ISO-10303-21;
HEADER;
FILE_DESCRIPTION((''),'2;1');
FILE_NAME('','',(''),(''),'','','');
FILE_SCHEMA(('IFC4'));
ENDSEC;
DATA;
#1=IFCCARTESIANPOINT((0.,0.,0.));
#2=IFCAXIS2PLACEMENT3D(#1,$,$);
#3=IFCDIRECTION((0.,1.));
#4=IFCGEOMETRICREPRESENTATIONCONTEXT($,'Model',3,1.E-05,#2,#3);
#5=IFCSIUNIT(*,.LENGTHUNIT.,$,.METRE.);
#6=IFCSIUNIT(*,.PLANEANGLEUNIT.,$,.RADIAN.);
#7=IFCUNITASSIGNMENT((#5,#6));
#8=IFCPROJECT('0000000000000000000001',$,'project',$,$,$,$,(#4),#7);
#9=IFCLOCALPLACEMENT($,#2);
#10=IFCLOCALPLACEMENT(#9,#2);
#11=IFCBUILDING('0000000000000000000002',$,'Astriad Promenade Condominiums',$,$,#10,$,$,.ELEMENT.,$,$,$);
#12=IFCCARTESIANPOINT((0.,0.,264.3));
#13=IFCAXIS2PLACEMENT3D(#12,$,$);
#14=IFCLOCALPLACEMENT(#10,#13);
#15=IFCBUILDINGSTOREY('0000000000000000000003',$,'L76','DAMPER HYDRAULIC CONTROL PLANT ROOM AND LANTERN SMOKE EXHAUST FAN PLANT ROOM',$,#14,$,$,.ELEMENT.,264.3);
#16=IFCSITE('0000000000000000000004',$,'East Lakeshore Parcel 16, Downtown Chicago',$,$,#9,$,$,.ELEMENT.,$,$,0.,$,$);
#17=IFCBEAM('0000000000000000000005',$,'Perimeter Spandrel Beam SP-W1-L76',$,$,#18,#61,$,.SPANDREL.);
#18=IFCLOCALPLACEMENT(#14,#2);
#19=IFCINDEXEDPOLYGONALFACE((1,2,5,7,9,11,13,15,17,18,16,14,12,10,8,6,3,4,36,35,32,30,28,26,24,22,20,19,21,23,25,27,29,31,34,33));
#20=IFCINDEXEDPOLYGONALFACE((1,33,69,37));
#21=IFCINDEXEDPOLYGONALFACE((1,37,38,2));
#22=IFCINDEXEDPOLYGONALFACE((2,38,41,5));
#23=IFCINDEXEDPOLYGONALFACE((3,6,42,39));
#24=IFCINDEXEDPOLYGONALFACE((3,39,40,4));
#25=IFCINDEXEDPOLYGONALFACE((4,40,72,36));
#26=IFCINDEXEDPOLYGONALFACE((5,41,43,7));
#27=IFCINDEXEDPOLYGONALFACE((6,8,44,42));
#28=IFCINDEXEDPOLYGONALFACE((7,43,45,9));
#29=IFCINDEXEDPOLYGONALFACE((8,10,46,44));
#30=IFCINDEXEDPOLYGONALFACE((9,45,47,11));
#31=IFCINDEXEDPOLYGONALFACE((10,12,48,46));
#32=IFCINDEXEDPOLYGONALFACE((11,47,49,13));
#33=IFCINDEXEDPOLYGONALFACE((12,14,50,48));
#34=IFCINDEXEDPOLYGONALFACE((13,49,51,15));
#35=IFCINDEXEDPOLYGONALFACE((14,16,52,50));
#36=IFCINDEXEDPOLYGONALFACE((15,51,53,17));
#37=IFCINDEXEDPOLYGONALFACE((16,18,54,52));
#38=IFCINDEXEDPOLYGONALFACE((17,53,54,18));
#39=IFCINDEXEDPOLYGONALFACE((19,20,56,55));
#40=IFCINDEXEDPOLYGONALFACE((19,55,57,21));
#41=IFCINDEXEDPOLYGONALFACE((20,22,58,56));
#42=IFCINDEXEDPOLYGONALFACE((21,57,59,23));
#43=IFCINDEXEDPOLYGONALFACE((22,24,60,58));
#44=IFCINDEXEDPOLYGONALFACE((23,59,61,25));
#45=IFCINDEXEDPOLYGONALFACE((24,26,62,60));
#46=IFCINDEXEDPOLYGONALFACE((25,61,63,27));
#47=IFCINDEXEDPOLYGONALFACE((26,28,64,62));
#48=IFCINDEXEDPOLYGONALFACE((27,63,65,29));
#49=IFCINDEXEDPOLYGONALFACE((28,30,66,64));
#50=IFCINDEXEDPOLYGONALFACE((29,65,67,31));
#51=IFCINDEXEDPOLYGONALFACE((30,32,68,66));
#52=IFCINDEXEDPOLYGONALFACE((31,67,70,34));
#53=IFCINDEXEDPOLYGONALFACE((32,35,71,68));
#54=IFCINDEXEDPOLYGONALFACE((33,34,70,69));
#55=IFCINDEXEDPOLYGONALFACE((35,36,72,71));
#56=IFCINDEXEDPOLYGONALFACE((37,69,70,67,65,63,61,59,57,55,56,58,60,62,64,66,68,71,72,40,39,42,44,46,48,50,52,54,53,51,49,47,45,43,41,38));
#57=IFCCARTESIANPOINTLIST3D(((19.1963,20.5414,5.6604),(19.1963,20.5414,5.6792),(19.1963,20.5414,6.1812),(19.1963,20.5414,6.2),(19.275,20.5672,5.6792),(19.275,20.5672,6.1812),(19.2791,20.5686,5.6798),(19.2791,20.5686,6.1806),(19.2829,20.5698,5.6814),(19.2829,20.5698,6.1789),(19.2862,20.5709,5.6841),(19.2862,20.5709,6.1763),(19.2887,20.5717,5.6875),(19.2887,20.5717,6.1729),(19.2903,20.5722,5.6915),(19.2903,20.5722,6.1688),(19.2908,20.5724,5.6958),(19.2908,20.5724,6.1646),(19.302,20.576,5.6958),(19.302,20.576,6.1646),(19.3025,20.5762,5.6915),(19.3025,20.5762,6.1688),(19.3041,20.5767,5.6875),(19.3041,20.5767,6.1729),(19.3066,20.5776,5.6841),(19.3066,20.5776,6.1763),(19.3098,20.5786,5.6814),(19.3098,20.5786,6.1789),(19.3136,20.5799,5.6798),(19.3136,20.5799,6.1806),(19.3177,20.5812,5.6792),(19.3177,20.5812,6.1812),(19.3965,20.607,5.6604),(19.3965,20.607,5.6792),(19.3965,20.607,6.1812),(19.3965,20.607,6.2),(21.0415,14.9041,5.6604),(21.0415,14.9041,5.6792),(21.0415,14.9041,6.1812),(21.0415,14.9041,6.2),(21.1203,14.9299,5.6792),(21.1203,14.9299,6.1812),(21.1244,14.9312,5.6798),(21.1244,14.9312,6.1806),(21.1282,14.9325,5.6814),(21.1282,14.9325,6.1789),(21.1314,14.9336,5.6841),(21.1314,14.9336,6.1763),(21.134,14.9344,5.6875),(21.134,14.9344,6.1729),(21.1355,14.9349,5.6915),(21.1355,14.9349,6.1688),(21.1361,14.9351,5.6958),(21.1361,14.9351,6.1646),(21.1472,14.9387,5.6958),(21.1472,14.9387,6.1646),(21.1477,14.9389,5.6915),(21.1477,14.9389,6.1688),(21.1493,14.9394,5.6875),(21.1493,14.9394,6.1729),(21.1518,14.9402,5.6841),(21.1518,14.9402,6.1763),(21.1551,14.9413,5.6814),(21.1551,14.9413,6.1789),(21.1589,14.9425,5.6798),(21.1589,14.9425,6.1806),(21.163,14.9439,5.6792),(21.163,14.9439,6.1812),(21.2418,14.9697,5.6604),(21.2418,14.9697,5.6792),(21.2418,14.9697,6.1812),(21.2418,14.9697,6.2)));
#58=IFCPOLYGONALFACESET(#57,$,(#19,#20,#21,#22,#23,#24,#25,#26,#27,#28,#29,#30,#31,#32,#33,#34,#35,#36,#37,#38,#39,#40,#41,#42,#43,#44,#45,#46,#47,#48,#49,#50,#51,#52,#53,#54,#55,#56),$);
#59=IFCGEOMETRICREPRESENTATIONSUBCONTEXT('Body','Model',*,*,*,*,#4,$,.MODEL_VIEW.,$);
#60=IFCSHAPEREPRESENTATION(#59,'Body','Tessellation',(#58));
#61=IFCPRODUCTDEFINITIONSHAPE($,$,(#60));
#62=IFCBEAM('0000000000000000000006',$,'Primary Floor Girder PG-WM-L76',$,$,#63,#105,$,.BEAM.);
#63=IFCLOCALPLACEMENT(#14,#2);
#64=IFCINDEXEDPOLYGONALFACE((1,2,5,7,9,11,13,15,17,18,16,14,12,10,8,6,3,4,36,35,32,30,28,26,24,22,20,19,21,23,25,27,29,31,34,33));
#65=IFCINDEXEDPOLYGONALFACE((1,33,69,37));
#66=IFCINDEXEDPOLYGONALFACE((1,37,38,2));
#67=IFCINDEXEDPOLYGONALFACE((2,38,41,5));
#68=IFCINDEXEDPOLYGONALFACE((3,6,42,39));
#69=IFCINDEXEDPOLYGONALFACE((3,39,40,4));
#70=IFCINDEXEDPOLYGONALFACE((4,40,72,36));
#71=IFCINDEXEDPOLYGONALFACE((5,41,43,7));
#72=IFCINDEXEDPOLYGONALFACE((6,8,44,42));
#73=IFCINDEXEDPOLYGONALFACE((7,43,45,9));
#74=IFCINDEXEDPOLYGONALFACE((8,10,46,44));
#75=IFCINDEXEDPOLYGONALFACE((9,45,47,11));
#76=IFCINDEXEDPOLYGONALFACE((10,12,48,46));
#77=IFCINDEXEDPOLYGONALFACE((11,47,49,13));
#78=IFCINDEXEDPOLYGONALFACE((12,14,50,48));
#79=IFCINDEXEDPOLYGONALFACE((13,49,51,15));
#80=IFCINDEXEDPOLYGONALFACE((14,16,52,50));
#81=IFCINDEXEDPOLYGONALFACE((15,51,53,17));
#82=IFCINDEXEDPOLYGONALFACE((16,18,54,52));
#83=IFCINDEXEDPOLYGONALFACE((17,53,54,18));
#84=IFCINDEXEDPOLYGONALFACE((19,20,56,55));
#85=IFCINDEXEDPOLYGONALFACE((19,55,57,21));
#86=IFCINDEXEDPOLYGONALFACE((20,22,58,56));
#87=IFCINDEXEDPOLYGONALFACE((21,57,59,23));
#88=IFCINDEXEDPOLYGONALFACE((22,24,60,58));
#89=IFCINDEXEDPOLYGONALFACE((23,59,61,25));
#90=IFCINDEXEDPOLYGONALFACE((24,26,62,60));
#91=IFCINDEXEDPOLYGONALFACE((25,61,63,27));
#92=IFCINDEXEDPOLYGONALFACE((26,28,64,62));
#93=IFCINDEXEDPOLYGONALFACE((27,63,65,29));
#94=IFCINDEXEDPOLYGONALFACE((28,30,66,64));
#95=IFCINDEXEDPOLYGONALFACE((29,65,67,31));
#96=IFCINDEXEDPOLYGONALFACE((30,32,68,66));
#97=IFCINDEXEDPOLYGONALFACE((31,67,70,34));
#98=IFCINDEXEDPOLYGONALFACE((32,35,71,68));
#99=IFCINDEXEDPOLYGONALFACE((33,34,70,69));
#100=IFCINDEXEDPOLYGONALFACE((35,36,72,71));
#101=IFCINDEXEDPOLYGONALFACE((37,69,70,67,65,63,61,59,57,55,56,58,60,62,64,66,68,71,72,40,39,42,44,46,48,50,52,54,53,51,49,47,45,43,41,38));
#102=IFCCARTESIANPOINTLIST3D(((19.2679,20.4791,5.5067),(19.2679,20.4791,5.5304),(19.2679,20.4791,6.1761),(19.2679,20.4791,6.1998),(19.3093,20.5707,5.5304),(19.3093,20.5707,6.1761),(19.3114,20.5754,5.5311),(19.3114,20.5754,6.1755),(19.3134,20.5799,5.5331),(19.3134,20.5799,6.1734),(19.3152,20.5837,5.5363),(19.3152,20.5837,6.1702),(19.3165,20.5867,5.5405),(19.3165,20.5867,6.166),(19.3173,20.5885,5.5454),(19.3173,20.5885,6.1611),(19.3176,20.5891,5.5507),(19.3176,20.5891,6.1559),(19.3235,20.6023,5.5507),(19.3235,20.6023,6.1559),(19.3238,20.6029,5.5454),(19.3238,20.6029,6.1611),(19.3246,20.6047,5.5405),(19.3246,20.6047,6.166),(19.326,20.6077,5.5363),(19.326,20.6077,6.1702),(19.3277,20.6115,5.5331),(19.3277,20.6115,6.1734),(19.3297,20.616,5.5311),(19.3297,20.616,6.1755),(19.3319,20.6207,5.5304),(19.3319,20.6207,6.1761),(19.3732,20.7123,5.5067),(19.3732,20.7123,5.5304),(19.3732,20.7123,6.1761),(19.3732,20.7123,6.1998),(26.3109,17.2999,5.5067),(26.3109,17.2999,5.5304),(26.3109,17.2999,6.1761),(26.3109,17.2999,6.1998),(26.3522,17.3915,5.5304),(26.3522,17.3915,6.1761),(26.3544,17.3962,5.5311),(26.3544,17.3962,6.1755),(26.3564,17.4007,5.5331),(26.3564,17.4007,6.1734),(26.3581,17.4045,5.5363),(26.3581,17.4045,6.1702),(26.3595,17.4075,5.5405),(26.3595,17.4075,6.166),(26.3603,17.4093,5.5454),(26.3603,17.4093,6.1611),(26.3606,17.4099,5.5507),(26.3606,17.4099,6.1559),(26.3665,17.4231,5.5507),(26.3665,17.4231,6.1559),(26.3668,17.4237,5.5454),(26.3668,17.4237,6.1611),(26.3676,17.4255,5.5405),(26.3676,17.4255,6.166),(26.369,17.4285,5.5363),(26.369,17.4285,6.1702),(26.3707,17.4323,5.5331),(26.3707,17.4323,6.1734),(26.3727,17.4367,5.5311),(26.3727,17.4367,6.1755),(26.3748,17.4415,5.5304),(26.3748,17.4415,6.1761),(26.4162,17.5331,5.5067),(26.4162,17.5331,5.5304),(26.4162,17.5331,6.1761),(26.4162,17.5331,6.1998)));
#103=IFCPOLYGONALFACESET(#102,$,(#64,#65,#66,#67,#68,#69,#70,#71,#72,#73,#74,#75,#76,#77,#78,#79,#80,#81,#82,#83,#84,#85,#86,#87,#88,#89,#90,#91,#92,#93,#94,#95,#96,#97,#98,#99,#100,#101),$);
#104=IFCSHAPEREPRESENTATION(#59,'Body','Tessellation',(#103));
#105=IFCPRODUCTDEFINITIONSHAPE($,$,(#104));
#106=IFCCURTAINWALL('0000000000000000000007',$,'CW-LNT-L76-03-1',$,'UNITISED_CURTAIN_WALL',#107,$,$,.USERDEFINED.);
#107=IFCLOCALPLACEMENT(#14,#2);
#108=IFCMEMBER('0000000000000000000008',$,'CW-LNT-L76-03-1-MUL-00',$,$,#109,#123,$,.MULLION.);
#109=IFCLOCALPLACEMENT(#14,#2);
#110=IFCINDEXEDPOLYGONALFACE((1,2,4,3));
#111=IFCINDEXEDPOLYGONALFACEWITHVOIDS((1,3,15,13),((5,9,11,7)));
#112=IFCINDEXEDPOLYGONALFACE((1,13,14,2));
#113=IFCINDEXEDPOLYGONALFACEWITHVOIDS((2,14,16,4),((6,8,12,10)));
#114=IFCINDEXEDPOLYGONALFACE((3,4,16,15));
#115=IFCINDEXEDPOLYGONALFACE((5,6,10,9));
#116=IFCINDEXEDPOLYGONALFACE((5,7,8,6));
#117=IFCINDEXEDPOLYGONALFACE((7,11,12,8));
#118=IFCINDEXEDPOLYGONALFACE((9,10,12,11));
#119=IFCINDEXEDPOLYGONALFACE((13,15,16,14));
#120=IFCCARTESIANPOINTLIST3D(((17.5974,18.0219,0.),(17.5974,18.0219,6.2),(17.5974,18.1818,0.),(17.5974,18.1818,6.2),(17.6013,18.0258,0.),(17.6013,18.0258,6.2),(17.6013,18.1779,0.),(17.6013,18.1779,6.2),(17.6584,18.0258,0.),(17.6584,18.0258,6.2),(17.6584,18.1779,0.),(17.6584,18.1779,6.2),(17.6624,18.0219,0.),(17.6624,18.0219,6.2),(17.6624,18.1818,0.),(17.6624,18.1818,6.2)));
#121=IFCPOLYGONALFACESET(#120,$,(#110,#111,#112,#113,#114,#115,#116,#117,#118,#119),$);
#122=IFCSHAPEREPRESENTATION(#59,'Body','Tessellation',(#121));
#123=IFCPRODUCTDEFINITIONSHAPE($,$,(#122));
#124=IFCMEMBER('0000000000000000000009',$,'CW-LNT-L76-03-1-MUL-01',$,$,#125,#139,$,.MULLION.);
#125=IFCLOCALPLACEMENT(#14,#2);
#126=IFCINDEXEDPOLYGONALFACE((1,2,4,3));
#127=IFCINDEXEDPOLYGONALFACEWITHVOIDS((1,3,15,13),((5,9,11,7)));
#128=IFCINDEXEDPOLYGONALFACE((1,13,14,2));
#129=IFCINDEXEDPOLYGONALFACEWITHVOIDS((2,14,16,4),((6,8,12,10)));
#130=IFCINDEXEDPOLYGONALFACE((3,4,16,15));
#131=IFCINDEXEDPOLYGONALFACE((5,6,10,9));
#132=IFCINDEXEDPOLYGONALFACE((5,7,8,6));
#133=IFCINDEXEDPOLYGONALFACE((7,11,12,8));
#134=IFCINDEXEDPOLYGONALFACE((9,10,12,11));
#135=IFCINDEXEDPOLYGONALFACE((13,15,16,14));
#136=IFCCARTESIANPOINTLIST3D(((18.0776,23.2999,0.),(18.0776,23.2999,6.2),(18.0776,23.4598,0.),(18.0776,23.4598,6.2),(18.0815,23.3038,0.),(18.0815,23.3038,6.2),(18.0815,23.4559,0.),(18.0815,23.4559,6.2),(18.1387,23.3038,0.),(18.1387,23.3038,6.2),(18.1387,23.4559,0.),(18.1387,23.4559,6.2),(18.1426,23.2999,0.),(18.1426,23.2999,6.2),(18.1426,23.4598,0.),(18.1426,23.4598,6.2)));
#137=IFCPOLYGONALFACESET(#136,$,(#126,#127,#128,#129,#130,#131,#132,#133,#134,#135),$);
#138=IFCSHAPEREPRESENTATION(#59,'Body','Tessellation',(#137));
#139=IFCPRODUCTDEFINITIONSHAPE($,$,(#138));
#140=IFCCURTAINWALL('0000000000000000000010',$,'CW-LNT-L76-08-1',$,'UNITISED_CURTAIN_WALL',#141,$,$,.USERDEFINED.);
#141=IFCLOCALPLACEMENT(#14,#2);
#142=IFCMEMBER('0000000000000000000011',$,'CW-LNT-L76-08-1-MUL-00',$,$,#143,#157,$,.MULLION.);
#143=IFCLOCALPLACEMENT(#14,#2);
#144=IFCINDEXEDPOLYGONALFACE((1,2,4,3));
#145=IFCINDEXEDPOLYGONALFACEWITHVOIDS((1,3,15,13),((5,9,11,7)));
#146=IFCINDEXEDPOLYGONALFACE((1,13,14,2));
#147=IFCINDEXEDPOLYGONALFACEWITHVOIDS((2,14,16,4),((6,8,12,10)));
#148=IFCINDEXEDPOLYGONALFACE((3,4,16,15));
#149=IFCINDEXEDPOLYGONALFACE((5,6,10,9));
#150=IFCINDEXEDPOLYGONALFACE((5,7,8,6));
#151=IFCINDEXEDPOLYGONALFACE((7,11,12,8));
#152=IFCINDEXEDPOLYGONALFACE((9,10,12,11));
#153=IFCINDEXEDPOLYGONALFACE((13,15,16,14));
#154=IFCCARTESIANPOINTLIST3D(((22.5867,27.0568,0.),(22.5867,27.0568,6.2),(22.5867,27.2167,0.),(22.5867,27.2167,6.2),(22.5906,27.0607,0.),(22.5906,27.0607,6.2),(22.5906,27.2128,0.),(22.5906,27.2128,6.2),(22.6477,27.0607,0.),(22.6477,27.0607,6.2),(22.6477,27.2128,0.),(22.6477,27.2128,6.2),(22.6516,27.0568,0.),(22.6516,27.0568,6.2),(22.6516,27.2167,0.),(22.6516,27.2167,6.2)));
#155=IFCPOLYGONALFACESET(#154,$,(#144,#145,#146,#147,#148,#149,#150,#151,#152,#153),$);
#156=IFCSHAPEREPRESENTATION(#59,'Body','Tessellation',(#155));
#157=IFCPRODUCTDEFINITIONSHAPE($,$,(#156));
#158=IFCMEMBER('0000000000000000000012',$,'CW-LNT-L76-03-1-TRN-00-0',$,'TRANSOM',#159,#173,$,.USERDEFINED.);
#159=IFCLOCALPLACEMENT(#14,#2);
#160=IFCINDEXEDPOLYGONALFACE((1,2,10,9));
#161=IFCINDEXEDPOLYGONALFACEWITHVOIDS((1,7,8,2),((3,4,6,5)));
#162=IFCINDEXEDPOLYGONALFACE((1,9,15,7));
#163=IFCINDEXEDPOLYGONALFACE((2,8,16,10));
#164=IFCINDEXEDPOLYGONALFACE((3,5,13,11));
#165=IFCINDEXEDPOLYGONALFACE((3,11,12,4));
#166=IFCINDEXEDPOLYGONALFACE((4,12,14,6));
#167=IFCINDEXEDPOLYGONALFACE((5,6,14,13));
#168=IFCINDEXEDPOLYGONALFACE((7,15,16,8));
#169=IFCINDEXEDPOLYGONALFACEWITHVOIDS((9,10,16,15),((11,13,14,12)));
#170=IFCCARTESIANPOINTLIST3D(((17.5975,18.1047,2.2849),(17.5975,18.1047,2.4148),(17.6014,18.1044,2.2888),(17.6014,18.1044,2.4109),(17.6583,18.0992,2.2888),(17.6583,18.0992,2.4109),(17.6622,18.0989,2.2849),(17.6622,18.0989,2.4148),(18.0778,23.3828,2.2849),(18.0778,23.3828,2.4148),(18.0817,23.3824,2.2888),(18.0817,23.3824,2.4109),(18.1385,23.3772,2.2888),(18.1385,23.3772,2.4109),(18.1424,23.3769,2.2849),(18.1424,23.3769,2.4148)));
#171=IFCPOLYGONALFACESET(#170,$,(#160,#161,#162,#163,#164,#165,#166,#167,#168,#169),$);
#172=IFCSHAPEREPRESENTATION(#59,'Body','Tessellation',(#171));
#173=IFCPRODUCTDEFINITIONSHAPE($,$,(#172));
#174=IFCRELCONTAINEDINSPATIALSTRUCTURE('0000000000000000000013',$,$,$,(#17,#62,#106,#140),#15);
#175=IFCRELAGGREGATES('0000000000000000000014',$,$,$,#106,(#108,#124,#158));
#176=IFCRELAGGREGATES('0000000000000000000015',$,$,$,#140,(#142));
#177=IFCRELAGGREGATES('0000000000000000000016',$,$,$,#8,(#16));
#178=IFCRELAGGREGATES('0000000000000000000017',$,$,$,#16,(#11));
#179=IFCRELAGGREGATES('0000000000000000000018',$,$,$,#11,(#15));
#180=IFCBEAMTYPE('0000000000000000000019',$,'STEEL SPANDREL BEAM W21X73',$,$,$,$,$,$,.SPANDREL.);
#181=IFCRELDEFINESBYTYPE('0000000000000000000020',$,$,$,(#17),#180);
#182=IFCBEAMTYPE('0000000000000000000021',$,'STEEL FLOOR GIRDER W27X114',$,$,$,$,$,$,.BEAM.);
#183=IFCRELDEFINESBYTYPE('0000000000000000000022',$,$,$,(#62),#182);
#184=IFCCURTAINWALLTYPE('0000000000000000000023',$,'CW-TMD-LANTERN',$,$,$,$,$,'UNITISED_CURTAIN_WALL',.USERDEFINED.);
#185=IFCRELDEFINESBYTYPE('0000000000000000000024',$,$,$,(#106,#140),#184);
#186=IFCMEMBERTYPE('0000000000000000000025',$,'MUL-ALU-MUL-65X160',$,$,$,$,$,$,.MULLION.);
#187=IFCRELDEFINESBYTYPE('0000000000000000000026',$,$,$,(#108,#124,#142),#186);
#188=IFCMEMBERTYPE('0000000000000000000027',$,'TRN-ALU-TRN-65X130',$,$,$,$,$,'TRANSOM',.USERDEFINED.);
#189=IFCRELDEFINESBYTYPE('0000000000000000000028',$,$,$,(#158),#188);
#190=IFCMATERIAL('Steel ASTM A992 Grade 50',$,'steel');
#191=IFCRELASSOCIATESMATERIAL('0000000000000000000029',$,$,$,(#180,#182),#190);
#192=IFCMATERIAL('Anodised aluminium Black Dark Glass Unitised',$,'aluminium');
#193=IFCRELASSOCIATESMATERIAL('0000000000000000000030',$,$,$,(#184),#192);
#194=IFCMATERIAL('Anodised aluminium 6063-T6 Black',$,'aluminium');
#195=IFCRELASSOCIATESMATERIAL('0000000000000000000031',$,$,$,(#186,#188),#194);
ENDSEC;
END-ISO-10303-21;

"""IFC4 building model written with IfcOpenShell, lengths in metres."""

from ifc_helpers import new_model, si_unit, direction, frame, origin, origin_2d, place, context, subcontext, project, spatial, hollow_rectangle, i_section, extrude, source, transform, mapped, material, material_profile, profile_set, type_object, type_shapes, element, aggregate, save


model = new_model("IFC4")

# Units and contexts
model_context = context("Model", 3, precision=1e-05, world=origin(), true_north=direction((0.0, 1.0)))
body_context = subcontext(model_context, "Body", "Model", "MODEL_VIEW")
ifc_project = project(units=[si_unit("LENGTHUNIT", "METRE"), si_unit("PLANEANGLEUNIT", "RADIAN")], contexts=[model_context])

# Site, building, storey
site_placement = place(None, origin())
site = spatial("IfcSite", under=ifc_project, at=site_placement, Name="East Lakeshore Parcel 16, Downtown Chicago", CompositionType="ELEMENT", RefElevation=0.0)
building_placement = place(site_placement, origin())
building = spatial("IfcBuilding", under=site, at=building_placement, Name="Astriad Promenade Condominiums", CompositionType="ELEMENT")
storey_placement = place(building_placement, frame((0.0, 0.0, 264.3)))
storey = spatial("IfcBuildingStorey", under=building, at=storey_placement, Name="L76", Description="DAMPER HYDRAULIC CONTROL PLANT ROOM AND LANTERN SMOKE EXHAUST FAN PLANT ROOM", CompositionType="ELEMENT", Elevation=264.3)

# Shared definitions
ifc_material_1 = material(Name="Steel ASTM A992 Grade 50", Category="steel")

# Beams
ifc_material_profile_1 = material_profile(ifc_material_1, i_section(OverallWidth=0.2107, OverallDepth=0.5396, WebThickness=0.0117, FlangeThickness=0.0188, FilletRadius=0.0166, at=origin_2d()), Name="W21X73")
ifc_profile_set_1 = profile_set([ifc_material_profile_1], Name="Steel ASTM A992 Grade 50")
beam_type_1 = type_object("IfcBeamType", Name="STEEL SPANDREL BEAM W21X73", PredefinedType="SPANDREL", material=ifc_profile_set_1)
shared_shape_1 = source(origin(), body_context, "Body", "SweptSolid", [
    extrude(i_section(OverallWidth=0.2107, OverallDepth=0.5396, WebThickness=0.0117, FlangeThickness=0.0188, FilletRadius=0.0166, at=origin_2d()), origin(), (0.0, 0.0, 1.0), 5.9316),
])
beam_1_placement = place(storey_placement, frame((19.2964, 20.5742, 5.9302), z_axis=(0.311086, -0.950382, 0.0), x_axis=(0.950382, 0.311086, 0.0)))
element("IfcBeam", 1, at=beam_1_placement, inside=storey, type_object=beam_type_1, Name="Perimeter Spandrel Beam SP-W1-L76", PredefinedType="SPANDREL", context=body_context, shape_type="MappedRepresentation", body=[
    mapped(shared_shape_1, transform((0.0, 0.0, 0.0), scale=1.0)),
])
ifc_material_profile_2 = material_profile(ifc_material_1, i_section(OverallWidth=0.2559, OverallDepth=0.6931, WebThickness=0.0144, FlangeThickness=0.0237, FilletRadius=0.0203, at=origin_2d()), Name="W27X114")
ifc_profile_set_2 = profile_set([ifc_material_profile_2], Name="Steel ASTM A992 Grade 50")
beam_type_2 = type_object("IfcBeamType", Name="STEEL FLOOR GIRDER W27X114", PredefinedType="BEAM", material=ifc_profile_set_2)
shared_shape_2 = source(origin(), body_context, "Body", "SweptSolid", [
    extrude(i_section(OverallWidth=0.2559, OverallDepth=0.6931, WebThickness=0.0144, FlangeThickness=0.0237, FilletRadius=0.0203, at=origin_2d()), origin(), (0.0, 0.0, 1.0), 7.7273),
])
type_shapes(beam_type_2, [shared_shape_2])
beam_2_placement = place(storey_placement, frame((19.3206, 20.5957, 5.8533), z_axis=(0.911443, -0.411426, 0.0), x_axis=(0.411426, 0.911443, 0.0)))
element("IfcBeam", 2, at=beam_2_placement, inside=storey, type_object=beam_type_2, Name="Primary Floor Girder PG-WM-L76", PredefinedType="BEAM", context=body_context, shape_type="MappedRepresentation", body=[
    mapped(shared_shape_2, transform((0.0, 0.0, 0.0), scale=1.0)),
])

# Curtain wall, members
ifc_material_2 = material(Name="Anodised aluminium Black Dark Glass Unitised", Category="aluminium")
curtain_wall_type = type_object("IfcCurtainWallType", Name="CW-TMD-LANTERN", ElementType="UNITISED_CURTAIN_WALL", PredefinedType="USERDEFINED", material=ifc_material_2)
curtain_wall_1_placement = place(storey_placement, origin())
curtain_wall_1 = element("IfcCurtainWall", 3, at=curtain_wall_1_placement, inside=storey, type_object=curtain_wall_type, Name="CW-LNT-L76-03-1", ObjectType="UNITISED_CURTAIN_WALL", PredefinedType="USERDEFINED")
ifc_material_3 = material(Name="Anodised aluminium 6063-T6 Black", Category="aluminium")
ifc_material_profile_3 = material_profile(ifc_material_3, hollow_rectangle(XDim=0.0649, YDim=0.1599, WallThickness=0.0039, at=origin_2d()), Name="ALU-MUL-65X160")
ifc_profile_set_3 = profile_set([ifc_material_profile_3], Name="Anodised aluminium 6063-T6 Black")
member_type_1 = type_object("IfcMemberType", Name="MUL-ALU-MUL-65X160", PredefinedType="MULLION", material=ifc_profile_set_3)
shared_shape_3 = source(origin(), body_context, "Body", "SweptSolid", [
    extrude(hollow_rectangle(XDim=0.0649, YDim=0.1599, WallThickness=0.0039, at=origin_2d()), origin(), (0.0, 0.0, 1.0), 6.2),
])
type_shapes(member_type_1, [shared_shape_3])
member_1_placement = place(storey_placement, frame((17.6299, 18.1018, 0.0), z_axis=(0.0, 0.0, 1.0), x_axis=(1.0, 0.0, 0.0)))
member_1 = element("IfcMember", 4, at=member_1_placement, type_object=member_type_1, Name="CW-LNT-L76-03-1-MUL-00", PredefinedType="MULLION", context=body_context, shape_type="MappedRepresentation", body=[
    mapped(shared_shape_3, transform((0.0, 0.0, 0.0), scale=1.0)),
])
member_2_placement = place(storey_placement, frame((18.1101, 23.3799, 0.0), z_axis=(0.0, 0.0, 1.0), x_axis=(1.0, 0.0, 0.0)))
member_2 = element("IfcMember", 5, at=member_2_placement, type_object=member_type_1, Name="CW-LNT-L76-03-1-MUL-01", PredefinedType="MULLION", context=body_context, shape_type="MappedRepresentation", body=[
    mapped(shared_shape_3, transform((0.0, 0.0, 0.0), scale=1.0)),
])

# Curtain wall, member
curtain_wall_2_placement = place(storey_placement, origin())
curtain_wall_2 = element("IfcCurtainWall", 6, at=curtain_wall_2_placement, inside=storey, type_object=curtain_wall_type, Name="CW-LNT-L76-08-1", ObjectType="UNITISED_CURTAIN_WALL", PredefinedType="USERDEFINED")
member_3_placement = place(storey_placement, frame((22.6191, 27.1367, 0.0), z_axis=(0.0, 0.0, 1.0), x_axis=(1.0, 0.0, 0.0)))
member_3 = element("IfcMember", 7, at=member_3_placement, type_object=member_type_1, Name="CW-LNT-L76-08-1-MUL-00", PredefinedType="MULLION", context=body_context, shape_type="MappedRepresentation", body=[
    mapped(shared_shape_3, transform((0.0, 0.0, 0.0), scale=1.0)),
])

# Member
ifc_material_profile_4 = material_profile(ifc_material_3, hollow_rectangle(XDim=0.0649, YDim=0.1299, WallThickness=0.0039, at=origin_2d()), Name="ALU-TRN-65X130")
ifc_profile_set_4 = profile_set([ifc_material_profile_4], Name="Anodised aluminium 6063-T6 Black")
member_type_2 = type_object("IfcMemberType", Name="TRN-ALU-TRN-65X130", ElementType="TRANSOM", PredefinedType="USERDEFINED", material=ifc_profile_set_4)
shared_shape_4 = source(origin(), body_context, "Body", "SweptSolid", [
    extrude(hollow_rectangle(XDim=0.0649, YDim=0.1299, WallThickness=0.0039, at=origin_2d()), origin(), (0.0, 0.0, 1.0), 5.2998),
])
member_4_placement = place(storey_placement, frame((17.6299, 18.1018, 2.3499), z_axis=(0.090611, 0.995886, 0.0), x_axis=(-0.995886, 0.090611, 0.0)))
member_4 = element("IfcMember", 8, at=member_4_placement, type_object=member_type_2, Name="CW-LNT-L76-03-1-TRN-00-0", ObjectType="TRANSOM", PredefinedType="USERDEFINED", context=body_context, shape_type="MappedRepresentation", body=[
    mapped(shared_shape_4, transform((0.0, 0.0, 0.0), scale=1.0)),
])

aggregate(curtain_wall_1, [member_1, member_2, member_4])
aggregate(curtain_wall_2, [member_3])

save(model, "model.ifc")
